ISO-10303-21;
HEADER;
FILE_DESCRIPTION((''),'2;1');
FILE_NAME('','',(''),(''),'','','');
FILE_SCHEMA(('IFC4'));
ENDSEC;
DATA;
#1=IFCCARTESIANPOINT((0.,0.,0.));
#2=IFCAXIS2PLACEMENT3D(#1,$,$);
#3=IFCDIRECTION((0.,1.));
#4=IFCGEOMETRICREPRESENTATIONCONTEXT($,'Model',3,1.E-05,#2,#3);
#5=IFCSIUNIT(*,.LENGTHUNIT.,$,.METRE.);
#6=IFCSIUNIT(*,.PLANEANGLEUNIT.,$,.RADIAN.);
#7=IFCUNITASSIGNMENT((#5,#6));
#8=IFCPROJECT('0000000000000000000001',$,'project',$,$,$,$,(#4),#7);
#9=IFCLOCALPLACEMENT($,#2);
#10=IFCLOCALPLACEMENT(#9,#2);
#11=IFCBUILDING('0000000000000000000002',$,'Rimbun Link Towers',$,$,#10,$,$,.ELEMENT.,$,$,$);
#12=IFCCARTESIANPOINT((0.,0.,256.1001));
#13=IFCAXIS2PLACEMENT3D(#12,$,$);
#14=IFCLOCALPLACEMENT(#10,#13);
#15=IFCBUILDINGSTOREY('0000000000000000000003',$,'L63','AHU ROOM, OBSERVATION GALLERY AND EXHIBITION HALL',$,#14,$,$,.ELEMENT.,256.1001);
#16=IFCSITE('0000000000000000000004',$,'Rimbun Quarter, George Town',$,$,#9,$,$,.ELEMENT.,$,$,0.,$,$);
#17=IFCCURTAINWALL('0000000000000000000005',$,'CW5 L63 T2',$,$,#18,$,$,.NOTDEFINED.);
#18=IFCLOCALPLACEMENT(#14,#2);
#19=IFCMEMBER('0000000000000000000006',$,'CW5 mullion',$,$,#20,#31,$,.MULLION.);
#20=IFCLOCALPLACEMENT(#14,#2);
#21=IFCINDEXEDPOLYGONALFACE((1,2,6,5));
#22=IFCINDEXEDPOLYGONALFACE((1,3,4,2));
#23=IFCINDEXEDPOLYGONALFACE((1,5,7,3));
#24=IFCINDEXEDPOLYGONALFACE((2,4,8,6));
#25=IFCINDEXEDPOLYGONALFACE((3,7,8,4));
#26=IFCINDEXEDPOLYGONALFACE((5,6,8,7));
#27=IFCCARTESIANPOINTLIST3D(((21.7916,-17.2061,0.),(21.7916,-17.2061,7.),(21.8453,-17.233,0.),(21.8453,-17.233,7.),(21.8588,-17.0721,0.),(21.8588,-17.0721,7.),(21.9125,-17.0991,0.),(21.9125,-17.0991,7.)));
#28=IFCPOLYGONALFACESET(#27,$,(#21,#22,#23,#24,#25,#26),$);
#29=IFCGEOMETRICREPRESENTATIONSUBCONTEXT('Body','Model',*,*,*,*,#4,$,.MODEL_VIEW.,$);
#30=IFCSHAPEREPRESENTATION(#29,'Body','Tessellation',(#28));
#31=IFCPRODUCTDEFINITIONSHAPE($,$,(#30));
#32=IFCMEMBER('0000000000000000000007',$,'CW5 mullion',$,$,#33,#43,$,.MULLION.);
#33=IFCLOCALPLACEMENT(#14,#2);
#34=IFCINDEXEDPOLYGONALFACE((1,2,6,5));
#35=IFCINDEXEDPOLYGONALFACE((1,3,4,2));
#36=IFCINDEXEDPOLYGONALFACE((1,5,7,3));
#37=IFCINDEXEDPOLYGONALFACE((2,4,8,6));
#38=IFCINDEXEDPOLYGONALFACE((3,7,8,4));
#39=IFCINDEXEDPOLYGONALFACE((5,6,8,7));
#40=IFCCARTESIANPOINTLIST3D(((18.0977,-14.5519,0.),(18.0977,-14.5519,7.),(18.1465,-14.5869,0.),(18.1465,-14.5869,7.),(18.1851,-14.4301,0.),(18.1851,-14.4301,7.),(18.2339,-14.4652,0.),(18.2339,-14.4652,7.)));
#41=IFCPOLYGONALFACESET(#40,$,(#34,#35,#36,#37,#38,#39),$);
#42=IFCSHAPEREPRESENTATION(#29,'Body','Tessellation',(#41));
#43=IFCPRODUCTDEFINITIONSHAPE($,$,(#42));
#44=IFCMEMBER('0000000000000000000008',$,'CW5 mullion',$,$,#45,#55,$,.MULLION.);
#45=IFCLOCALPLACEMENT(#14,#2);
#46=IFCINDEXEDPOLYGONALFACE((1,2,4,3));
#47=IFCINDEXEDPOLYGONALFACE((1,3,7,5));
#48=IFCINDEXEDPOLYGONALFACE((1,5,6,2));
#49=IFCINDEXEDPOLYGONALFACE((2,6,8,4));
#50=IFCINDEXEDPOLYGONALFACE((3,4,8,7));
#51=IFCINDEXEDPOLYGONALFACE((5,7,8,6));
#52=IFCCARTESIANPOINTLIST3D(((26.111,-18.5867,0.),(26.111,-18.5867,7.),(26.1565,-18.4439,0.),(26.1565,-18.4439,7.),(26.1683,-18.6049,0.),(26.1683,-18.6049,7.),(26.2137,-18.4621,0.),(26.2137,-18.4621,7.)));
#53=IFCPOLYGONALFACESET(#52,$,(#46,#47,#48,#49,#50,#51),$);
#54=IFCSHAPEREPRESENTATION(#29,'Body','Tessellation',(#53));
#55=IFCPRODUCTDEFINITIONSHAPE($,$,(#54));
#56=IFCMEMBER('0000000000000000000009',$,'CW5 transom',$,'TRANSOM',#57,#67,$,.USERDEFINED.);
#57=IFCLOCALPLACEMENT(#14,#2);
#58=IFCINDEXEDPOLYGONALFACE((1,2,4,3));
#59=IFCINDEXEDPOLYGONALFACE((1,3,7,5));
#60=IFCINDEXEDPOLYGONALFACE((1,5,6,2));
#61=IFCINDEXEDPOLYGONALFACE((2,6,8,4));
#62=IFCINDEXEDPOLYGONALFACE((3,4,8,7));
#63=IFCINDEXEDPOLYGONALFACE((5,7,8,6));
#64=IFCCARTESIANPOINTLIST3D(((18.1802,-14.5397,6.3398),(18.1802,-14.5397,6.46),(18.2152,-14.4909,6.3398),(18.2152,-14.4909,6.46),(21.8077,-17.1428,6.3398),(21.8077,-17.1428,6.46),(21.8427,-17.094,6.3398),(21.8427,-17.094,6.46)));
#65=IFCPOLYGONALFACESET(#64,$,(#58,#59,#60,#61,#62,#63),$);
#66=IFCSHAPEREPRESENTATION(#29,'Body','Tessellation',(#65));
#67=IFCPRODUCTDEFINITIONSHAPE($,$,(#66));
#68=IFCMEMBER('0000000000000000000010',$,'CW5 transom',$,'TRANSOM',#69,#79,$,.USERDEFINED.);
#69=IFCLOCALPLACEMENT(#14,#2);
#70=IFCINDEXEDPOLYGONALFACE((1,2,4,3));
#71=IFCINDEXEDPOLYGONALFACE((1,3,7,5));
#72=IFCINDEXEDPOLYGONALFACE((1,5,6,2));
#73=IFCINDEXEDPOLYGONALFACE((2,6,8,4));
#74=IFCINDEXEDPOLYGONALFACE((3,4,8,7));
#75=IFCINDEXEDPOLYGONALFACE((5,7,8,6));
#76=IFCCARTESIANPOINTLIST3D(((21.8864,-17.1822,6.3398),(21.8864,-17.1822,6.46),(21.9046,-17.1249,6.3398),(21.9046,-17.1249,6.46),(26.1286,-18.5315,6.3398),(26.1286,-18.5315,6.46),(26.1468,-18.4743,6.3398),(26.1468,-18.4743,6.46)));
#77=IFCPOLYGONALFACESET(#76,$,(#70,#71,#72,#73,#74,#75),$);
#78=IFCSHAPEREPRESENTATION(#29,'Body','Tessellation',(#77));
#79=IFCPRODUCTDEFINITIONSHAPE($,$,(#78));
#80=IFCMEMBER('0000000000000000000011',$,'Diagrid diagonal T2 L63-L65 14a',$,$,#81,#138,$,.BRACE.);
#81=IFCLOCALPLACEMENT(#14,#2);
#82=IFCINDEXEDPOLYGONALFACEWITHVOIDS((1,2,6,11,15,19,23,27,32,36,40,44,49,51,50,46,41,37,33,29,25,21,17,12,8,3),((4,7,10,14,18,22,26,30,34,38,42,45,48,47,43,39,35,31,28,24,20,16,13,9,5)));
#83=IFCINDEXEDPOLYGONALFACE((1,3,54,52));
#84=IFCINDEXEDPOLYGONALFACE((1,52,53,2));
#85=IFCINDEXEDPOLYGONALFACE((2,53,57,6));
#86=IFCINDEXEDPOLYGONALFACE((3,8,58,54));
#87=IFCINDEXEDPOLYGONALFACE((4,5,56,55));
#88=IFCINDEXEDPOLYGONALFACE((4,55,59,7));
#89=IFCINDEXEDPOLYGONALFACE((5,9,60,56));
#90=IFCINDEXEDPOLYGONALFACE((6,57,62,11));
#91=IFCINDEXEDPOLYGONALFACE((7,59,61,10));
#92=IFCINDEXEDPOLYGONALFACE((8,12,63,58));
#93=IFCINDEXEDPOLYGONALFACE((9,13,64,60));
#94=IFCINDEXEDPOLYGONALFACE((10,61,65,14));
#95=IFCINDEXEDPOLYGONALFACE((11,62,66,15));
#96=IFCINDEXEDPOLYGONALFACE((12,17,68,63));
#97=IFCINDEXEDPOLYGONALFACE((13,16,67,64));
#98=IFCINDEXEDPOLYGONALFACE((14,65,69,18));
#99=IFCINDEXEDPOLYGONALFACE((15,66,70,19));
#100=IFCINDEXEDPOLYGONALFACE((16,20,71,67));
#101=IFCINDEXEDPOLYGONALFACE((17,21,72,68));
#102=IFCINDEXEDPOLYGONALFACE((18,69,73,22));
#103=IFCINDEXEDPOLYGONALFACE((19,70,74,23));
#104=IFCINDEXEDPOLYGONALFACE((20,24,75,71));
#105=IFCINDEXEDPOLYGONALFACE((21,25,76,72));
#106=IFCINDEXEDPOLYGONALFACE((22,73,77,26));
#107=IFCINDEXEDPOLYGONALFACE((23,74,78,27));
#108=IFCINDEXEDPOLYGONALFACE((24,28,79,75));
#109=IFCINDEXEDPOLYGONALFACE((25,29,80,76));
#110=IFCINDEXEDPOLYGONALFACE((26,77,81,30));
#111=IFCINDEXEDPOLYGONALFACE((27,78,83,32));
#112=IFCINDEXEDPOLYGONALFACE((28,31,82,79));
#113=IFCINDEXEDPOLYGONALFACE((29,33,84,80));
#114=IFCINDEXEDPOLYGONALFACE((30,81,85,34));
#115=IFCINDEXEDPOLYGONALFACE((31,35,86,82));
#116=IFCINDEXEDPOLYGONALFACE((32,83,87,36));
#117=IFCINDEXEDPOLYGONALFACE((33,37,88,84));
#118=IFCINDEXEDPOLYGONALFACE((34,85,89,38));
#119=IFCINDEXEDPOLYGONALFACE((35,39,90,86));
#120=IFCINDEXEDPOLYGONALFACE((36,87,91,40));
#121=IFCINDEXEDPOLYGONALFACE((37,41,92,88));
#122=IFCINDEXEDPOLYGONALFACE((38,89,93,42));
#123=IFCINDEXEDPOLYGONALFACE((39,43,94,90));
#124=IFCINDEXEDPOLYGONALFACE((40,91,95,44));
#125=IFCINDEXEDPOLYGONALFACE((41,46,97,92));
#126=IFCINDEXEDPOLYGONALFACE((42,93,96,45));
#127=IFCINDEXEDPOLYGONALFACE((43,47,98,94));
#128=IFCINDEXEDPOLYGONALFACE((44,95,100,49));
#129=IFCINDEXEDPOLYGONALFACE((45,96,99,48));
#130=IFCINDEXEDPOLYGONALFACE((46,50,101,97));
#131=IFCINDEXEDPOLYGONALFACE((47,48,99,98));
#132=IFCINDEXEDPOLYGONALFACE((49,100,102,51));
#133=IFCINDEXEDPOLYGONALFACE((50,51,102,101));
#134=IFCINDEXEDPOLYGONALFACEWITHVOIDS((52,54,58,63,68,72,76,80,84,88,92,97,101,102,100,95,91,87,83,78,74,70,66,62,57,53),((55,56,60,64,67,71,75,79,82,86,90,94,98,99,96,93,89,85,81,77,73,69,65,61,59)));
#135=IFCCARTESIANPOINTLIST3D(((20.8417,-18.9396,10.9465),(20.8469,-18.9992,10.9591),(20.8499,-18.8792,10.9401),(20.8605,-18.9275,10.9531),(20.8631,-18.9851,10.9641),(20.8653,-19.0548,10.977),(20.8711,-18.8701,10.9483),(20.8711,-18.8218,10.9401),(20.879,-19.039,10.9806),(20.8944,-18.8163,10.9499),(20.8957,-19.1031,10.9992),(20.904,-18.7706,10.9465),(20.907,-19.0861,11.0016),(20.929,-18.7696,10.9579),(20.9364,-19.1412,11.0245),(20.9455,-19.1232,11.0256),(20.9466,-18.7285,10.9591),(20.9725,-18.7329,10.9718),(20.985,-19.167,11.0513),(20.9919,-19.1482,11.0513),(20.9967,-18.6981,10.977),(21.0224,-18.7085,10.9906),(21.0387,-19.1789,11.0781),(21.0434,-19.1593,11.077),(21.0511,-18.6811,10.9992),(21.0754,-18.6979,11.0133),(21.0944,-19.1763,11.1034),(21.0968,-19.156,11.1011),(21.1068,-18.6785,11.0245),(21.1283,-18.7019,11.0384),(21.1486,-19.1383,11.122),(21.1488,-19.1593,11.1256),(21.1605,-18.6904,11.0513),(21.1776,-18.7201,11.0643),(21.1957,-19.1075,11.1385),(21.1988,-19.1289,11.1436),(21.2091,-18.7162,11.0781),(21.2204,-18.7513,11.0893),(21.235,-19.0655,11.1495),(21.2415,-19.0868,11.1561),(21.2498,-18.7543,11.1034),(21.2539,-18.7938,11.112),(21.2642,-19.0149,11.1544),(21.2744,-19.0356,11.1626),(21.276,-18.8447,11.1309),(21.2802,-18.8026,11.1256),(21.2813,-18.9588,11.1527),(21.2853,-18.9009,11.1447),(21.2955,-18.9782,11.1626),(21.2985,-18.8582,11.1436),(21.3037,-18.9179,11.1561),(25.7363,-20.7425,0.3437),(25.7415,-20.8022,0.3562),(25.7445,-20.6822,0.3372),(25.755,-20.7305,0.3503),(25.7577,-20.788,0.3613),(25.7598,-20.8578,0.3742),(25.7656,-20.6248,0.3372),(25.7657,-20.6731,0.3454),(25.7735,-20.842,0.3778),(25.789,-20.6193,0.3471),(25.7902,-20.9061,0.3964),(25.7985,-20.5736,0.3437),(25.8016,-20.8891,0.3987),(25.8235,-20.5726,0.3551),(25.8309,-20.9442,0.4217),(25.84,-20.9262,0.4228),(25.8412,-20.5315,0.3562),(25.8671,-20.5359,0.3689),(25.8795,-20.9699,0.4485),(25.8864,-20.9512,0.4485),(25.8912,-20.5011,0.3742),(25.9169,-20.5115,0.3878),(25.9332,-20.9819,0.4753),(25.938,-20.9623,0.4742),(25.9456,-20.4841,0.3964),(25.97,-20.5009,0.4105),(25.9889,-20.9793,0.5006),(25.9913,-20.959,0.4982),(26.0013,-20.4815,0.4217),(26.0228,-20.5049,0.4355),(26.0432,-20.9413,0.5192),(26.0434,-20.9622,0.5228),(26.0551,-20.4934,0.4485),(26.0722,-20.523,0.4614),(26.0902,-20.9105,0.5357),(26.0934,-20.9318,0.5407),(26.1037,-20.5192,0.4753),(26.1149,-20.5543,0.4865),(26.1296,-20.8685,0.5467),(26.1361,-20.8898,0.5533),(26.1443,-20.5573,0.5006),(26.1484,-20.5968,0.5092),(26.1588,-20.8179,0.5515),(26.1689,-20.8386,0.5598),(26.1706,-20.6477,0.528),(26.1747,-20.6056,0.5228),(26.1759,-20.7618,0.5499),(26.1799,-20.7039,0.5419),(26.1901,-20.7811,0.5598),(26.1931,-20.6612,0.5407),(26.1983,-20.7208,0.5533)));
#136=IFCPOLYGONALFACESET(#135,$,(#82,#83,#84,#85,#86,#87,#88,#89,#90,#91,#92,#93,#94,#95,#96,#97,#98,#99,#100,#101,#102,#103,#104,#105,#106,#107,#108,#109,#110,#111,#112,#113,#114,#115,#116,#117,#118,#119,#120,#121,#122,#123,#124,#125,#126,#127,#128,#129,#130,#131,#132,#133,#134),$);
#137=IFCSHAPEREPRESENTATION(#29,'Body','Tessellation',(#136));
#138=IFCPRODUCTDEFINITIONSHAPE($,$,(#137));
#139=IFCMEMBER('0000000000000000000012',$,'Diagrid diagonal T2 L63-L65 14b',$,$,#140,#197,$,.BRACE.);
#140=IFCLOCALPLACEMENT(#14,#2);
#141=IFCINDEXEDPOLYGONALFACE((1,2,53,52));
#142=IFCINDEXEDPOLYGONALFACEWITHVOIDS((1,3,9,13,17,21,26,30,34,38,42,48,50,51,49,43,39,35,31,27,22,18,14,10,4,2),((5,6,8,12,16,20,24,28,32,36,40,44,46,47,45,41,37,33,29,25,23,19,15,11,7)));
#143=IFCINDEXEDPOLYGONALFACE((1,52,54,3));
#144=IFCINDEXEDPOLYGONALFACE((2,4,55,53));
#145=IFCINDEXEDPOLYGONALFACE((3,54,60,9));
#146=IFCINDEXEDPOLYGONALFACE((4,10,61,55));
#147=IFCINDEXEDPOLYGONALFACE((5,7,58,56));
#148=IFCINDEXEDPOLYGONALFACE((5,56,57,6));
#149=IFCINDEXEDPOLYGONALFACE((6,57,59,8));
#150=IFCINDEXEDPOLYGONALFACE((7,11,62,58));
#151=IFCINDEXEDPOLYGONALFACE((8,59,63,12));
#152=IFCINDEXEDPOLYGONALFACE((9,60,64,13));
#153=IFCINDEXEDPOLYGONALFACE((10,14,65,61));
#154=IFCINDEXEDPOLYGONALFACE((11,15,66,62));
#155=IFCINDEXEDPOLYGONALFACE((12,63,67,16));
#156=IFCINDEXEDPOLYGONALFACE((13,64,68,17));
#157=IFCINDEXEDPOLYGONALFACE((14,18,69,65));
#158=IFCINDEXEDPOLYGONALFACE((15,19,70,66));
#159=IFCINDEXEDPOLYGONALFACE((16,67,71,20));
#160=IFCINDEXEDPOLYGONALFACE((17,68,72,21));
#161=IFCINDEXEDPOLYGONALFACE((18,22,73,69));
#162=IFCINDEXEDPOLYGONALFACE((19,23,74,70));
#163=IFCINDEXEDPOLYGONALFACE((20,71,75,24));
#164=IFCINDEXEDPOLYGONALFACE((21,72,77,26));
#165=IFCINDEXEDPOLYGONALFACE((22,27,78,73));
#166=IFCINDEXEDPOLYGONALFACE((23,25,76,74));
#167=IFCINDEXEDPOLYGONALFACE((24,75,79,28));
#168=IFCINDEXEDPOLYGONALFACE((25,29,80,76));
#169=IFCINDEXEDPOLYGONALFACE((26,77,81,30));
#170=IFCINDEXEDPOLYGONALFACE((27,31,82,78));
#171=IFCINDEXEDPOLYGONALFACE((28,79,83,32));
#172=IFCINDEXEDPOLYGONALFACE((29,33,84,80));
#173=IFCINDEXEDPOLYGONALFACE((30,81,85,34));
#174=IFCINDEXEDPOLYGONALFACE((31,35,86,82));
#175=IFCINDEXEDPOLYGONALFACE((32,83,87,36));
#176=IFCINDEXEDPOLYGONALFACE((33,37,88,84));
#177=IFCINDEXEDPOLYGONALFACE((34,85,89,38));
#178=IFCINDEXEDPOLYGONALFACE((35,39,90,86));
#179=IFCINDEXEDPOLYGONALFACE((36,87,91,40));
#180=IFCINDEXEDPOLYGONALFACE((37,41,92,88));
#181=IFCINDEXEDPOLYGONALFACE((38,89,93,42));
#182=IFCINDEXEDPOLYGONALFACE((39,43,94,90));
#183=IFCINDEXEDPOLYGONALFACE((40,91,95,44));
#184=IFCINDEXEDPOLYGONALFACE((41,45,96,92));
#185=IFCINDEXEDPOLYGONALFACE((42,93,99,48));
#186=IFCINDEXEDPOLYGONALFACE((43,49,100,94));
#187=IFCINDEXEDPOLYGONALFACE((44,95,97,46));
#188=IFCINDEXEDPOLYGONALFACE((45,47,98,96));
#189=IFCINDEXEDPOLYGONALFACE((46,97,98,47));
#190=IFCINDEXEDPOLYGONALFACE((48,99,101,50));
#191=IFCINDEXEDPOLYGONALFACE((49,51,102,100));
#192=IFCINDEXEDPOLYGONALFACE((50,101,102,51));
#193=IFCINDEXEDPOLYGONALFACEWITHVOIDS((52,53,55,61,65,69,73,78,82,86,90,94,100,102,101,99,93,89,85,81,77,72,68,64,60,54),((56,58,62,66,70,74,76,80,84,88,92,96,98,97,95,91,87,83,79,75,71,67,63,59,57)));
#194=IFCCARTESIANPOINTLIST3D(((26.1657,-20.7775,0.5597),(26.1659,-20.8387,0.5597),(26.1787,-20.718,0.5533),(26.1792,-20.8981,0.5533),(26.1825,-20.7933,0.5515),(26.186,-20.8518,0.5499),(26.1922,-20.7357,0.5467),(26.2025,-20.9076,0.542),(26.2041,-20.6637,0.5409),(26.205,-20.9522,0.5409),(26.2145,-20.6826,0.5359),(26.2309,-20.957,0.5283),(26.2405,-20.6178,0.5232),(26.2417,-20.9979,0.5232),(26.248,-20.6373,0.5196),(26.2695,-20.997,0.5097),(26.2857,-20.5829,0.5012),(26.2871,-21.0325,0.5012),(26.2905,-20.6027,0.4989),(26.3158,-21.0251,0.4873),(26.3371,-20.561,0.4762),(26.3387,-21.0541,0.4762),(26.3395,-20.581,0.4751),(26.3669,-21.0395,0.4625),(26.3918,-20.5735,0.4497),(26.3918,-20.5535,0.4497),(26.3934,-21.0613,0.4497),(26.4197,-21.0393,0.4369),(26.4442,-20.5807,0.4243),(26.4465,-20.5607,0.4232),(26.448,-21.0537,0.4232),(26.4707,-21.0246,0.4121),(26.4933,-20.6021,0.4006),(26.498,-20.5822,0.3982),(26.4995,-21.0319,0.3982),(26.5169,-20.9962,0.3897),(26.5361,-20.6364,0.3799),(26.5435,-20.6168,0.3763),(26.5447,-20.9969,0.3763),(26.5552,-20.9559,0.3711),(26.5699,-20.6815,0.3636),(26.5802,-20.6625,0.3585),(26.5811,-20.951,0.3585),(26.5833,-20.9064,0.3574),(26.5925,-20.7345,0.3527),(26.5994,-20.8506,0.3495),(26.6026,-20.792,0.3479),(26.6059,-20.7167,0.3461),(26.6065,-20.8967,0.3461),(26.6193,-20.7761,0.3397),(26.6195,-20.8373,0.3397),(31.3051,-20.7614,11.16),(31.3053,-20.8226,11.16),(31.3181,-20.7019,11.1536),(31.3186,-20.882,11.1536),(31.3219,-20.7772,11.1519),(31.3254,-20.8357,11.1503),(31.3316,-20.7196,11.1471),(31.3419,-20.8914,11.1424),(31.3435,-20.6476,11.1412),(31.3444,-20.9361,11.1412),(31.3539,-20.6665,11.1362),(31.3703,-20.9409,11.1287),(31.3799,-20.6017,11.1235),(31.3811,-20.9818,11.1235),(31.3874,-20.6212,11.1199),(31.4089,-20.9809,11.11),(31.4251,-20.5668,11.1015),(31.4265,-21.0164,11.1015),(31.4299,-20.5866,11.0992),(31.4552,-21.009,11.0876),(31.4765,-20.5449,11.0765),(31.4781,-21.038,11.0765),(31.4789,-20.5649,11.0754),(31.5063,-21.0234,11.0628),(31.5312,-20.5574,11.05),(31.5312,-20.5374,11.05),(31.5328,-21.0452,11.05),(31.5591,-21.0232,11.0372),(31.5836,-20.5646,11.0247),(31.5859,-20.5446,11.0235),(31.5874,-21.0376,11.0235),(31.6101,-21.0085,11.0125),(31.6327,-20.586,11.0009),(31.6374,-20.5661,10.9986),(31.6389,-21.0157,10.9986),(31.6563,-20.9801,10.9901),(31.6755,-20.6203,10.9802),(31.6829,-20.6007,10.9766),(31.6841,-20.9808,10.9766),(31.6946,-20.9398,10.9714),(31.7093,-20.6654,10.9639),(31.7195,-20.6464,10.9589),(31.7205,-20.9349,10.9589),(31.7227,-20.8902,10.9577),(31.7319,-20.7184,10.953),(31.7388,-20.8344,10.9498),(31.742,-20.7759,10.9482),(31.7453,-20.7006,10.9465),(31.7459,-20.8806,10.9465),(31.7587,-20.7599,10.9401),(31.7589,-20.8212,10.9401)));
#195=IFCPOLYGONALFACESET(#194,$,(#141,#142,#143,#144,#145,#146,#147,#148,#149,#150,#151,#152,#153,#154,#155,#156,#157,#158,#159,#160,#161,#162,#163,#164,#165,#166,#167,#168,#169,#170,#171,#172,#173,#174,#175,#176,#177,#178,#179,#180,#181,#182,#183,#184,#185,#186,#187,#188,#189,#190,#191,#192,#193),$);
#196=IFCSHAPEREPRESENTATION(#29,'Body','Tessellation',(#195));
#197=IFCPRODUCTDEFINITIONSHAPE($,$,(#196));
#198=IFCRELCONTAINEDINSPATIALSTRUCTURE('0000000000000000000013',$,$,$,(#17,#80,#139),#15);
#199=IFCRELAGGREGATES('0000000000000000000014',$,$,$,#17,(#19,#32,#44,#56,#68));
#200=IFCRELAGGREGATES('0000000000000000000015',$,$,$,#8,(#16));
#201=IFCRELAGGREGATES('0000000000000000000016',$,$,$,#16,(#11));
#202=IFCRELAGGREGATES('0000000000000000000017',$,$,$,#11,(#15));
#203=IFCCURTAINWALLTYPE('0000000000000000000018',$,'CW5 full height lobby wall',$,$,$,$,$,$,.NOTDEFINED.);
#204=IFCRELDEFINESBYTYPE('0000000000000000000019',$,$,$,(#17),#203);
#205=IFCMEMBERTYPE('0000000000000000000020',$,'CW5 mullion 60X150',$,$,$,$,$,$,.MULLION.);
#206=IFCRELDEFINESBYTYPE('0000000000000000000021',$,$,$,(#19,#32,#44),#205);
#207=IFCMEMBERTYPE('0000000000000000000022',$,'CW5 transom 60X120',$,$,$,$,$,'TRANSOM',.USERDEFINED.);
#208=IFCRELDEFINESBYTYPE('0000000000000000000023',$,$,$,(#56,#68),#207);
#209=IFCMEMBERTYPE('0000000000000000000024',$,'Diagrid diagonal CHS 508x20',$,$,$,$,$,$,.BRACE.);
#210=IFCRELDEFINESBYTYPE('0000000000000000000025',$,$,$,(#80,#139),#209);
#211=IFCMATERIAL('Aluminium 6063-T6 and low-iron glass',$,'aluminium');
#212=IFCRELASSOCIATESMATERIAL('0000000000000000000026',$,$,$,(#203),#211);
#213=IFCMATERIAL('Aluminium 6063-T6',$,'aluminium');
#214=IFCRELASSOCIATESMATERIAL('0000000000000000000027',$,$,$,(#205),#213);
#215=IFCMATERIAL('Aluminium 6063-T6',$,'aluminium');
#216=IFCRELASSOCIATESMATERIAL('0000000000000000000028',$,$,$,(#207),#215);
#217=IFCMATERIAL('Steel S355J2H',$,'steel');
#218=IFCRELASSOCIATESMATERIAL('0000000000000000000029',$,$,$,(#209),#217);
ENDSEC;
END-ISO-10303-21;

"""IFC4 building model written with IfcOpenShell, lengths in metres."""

from ifc_helpers import new_model, si_unit, direction, frame, origin, origin_2d, place, context, subcontext, project, spatial, rectangle, hollow_circle, extrude, material, material_profile, profile_set, type_object, element, aggregate, save


model = new_model("IFC4")

# Units and contexts
model_context = context("Model", 3, precision=1e-05, world=origin(), true_north=direction((0.0, 1.0)))
body_context = subcontext(model_context, "Body", "Model", "MODEL_VIEW")
ifc_project = project(units=[si_unit("LENGTHUNIT", "METRE"), si_unit("PLANEANGLEUNIT", "RADIAN")], contexts=[model_context])

# Site, building, storey
site_placement = place(None, origin())
site = spatial("IfcSite", under=ifc_project, at=site_placement, Name="Rimbun Quarter, George Town", CompositionType="ELEMENT", RefElevation=0.0)
building_placement = place(site_placement, origin())
building = spatial("IfcBuilding", under=site, at=building_placement, Name="Rimbun Link Towers", CompositionType="ELEMENT")
storey_placement = place(building_placement, frame((0.0, 0.0, 256.1001)))
storey = spatial("IfcBuildingStorey", under=building, at=storey_placement, Name="L63", Description="AHU ROOM, OBSERVATION GALLERY AND EXHIBITION HALL", CompositionType="ELEMENT", Elevation=256.1001)

# Curtain wall, members
ifc_material_1 = material(Name="Aluminium 6063-T6 and low-iron glass", Category="aluminium")
curtain_wall_type = type_object("IfcCurtainWallType", Name="CW5 full height lobby wall", PredefinedType="NOTDEFINED", material=ifc_material_1)
curtain_wall_placement = place(storey_placement, origin())
curtain_wall = element("IfcCurtainWall", 1, at=curtain_wall_placement, inside=storey, type_object=curtain_wall_type, Name="CW5 L63 T2", PredefinedType="NOTDEFINED")
ifc_material_2 = material(Name="Aluminium 6063-T6", Category="aluminium")
ifc_material_profile_1 = material_profile(ifc_material_2, rectangle(XDim=0.1499, YDim=0.0601, at=origin_2d()), Name="MULLION 60X150")
ifc_profile_set_1 = profile_set([ifc_material_profile_1], Name="Aluminium 6063-T6")
member_type_1 = type_object("IfcMemberType", Name="CW5 mullion 60X150", PredefinedType="MULLION", material=ifc_profile_set_1)
member_1_placement = place(storey_placement, frame((21.8521, -17.1526, 0.0), z_axis=(0.0, 0.0, 1.0), x_axis=(-0.448575, -0.893745, 0.0)))
member_1 = element("IfcMember", 2, at=member_1_placement, type_object=member_type_1, Name="CW5 mullion", PredefinedType="MULLION", context=body_context, shape_type="SweptSolid", body=[
    extrude(rectangle(XDim=0.1499, YDim=0.0601, at=origin_2d()), origin(), (0.0, 0.0, 1.0), 7.0),
])
member_2_placement = place(storey_placement, frame((18.1658, -14.5085, 0.0), z_axis=(0.0, 0.0, 1.0), x_axis=(-0.583006, -0.812468, 0.0)))
member_2 = element("IfcMember", 3, at=member_2_placement, type_object=member_type_1, Name="CW5 mullion", PredefinedType="MULLION", context=body_context, shape_type="SweptSolid", body=[
    extrude(rectangle(XDim=0.1499, YDim=0.0601, at=origin_2d()), origin(), (0.0, 0.0, 1.0), 7.0),
])
member_3_placement = place(storey_placement, frame((26.1624, -18.5244, 0.0), z_axis=(0.0, 0.0, 1.0), x_axis=(-0.303074, -0.952967, 0.0)))
member_3 = element("IfcMember", 4, at=member_3_placement, type_object=member_type_1, Name="CW5 mullion", PredefinedType="MULLION", context=body_context, shape_type="SweptSolid", body=[
    extrude(rectangle(XDim=0.1499, YDim=0.0601, at=origin_2d()), origin(), (0.0, 0.0, 1.0), 7.0),
])
ifc_material_3 = material(Name="Aluminium 6063-T6", Category="aluminium")
ifc_material_profile_2 = material_profile(ifc_material_3, rectangle(XDim=0.0601, YDim=0.1201, at=origin_2d()), Name="TRANSOM 60X120")
ifc_profile_set_2 = profile_set([ifc_material_profile_2], Name="Aluminium 6063-T6")
member_type_2 = type_object("IfcMemberType", Name="CW5 transom 60X120", ElementType="TRANSOM", PredefinedType="USERDEFINED", material=ifc_profile_set_2)
member_4_placement = place(storey_placement, frame((21.8252, -17.1184, 6.3999), z_axis=(-0.812461, 0.583016, 0.0), x_axis=(-0.583016, -0.812461, 0.0)))
member_4 = element("IfcMember", 5, at=member_4_placement, type_object=member_type_2, Name="CW5 transom", ObjectType="TRANSOM", PredefinedType="USERDEFINED", context=body_context, shape_type="SweptSolid", body=[
    extrude(rectangle(XDim=0.0601, YDim=0.1201, at=origin_2d()), origin(), (0.0, 0.0, 1.0), 4.4648),
])
member_5_placement = place(storey_placement, frame((26.1377, -18.5029, 6.3999), z_axis=(-0.952953, 0.303118, 0.0), x_axis=(-0.303118, -0.952953, 0.0)))
member_5 = element("IfcMember", 6, at=member_5_placement, type_object=member_type_2, Name="CW5 transom", ObjectType="TRANSOM", PredefinedType="USERDEFINED", context=body_context, shape_type="SweptSolid", body=[
    extrude(rectangle(XDim=0.0601, YDim=0.1201, at=origin_2d()), origin(), (0.0, 0.0, 1.0), 4.4517),
])

# Members
ifc_material_4 = material(Name="Steel S355J2H", Category="steel")
ifc_material_profile_3 = material_profile(ifc_material_4, hollow_circle(Radius=0.2539, WallThickness=0.02, at=origin_2d()), Name="Diagrid diagonal CHS 508x20")
ifc_profile_set_3 = profile_set([ifc_material_profile_3], Name="Steel S355J2H")
member_type_3 = type_object("IfcMemberType", Name="Diagrid diagonal CHS 508x20", PredefinedType="BRACE", material=ifc_profile_set_3)
member_6_placement = place(storey_placement, frame((25.9673, -20.7317, 0.4485), z_axis=(-0.414217, 0.152583, 0.897297), x_axis=(-0.34566, -0.93836, 0.0)))
element("IfcMember", 7, at=member_6_placement, inside=storey, type_object=member_type_3, Name="Diagrid diagonal T2 L63-L65 14a", PredefinedType="BRACE", context=body_context, shape_type="SweptSolid", body=[
    extrude(hollow_circle(Radius=0.2539, WallThickness=0.02, at=origin_2d()), origin(), (0.0, 0.0, 1.0), 11.8164),
])
member_7_placement = place(storey_placement, frame((26.3926, -20.8074, 0.4497), z_axis=(0.436262, 0.001368, 0.899818), x_axis=(-0.003135, 0.999995, 0.0)))
element("IfcMember", 8, at=member_7_placement, inside=storey, type_object=member_type_3, Name="Diagrid diagonal T2 L63-L65 14b", PredefinedType="BRACE", context=body_context, shape_type="SweptSolid", body=[
    extrude(hollow_circle(Radius=0.2539, WallThickness=0.02, at=origin_2d()), origin(), (0.0, 0.0, 1.0), 11.7805),
])

aggregate(curtain_wall, [member_1, member_2, member_3, member_4, member_5])

save(model, "model.ifc")
